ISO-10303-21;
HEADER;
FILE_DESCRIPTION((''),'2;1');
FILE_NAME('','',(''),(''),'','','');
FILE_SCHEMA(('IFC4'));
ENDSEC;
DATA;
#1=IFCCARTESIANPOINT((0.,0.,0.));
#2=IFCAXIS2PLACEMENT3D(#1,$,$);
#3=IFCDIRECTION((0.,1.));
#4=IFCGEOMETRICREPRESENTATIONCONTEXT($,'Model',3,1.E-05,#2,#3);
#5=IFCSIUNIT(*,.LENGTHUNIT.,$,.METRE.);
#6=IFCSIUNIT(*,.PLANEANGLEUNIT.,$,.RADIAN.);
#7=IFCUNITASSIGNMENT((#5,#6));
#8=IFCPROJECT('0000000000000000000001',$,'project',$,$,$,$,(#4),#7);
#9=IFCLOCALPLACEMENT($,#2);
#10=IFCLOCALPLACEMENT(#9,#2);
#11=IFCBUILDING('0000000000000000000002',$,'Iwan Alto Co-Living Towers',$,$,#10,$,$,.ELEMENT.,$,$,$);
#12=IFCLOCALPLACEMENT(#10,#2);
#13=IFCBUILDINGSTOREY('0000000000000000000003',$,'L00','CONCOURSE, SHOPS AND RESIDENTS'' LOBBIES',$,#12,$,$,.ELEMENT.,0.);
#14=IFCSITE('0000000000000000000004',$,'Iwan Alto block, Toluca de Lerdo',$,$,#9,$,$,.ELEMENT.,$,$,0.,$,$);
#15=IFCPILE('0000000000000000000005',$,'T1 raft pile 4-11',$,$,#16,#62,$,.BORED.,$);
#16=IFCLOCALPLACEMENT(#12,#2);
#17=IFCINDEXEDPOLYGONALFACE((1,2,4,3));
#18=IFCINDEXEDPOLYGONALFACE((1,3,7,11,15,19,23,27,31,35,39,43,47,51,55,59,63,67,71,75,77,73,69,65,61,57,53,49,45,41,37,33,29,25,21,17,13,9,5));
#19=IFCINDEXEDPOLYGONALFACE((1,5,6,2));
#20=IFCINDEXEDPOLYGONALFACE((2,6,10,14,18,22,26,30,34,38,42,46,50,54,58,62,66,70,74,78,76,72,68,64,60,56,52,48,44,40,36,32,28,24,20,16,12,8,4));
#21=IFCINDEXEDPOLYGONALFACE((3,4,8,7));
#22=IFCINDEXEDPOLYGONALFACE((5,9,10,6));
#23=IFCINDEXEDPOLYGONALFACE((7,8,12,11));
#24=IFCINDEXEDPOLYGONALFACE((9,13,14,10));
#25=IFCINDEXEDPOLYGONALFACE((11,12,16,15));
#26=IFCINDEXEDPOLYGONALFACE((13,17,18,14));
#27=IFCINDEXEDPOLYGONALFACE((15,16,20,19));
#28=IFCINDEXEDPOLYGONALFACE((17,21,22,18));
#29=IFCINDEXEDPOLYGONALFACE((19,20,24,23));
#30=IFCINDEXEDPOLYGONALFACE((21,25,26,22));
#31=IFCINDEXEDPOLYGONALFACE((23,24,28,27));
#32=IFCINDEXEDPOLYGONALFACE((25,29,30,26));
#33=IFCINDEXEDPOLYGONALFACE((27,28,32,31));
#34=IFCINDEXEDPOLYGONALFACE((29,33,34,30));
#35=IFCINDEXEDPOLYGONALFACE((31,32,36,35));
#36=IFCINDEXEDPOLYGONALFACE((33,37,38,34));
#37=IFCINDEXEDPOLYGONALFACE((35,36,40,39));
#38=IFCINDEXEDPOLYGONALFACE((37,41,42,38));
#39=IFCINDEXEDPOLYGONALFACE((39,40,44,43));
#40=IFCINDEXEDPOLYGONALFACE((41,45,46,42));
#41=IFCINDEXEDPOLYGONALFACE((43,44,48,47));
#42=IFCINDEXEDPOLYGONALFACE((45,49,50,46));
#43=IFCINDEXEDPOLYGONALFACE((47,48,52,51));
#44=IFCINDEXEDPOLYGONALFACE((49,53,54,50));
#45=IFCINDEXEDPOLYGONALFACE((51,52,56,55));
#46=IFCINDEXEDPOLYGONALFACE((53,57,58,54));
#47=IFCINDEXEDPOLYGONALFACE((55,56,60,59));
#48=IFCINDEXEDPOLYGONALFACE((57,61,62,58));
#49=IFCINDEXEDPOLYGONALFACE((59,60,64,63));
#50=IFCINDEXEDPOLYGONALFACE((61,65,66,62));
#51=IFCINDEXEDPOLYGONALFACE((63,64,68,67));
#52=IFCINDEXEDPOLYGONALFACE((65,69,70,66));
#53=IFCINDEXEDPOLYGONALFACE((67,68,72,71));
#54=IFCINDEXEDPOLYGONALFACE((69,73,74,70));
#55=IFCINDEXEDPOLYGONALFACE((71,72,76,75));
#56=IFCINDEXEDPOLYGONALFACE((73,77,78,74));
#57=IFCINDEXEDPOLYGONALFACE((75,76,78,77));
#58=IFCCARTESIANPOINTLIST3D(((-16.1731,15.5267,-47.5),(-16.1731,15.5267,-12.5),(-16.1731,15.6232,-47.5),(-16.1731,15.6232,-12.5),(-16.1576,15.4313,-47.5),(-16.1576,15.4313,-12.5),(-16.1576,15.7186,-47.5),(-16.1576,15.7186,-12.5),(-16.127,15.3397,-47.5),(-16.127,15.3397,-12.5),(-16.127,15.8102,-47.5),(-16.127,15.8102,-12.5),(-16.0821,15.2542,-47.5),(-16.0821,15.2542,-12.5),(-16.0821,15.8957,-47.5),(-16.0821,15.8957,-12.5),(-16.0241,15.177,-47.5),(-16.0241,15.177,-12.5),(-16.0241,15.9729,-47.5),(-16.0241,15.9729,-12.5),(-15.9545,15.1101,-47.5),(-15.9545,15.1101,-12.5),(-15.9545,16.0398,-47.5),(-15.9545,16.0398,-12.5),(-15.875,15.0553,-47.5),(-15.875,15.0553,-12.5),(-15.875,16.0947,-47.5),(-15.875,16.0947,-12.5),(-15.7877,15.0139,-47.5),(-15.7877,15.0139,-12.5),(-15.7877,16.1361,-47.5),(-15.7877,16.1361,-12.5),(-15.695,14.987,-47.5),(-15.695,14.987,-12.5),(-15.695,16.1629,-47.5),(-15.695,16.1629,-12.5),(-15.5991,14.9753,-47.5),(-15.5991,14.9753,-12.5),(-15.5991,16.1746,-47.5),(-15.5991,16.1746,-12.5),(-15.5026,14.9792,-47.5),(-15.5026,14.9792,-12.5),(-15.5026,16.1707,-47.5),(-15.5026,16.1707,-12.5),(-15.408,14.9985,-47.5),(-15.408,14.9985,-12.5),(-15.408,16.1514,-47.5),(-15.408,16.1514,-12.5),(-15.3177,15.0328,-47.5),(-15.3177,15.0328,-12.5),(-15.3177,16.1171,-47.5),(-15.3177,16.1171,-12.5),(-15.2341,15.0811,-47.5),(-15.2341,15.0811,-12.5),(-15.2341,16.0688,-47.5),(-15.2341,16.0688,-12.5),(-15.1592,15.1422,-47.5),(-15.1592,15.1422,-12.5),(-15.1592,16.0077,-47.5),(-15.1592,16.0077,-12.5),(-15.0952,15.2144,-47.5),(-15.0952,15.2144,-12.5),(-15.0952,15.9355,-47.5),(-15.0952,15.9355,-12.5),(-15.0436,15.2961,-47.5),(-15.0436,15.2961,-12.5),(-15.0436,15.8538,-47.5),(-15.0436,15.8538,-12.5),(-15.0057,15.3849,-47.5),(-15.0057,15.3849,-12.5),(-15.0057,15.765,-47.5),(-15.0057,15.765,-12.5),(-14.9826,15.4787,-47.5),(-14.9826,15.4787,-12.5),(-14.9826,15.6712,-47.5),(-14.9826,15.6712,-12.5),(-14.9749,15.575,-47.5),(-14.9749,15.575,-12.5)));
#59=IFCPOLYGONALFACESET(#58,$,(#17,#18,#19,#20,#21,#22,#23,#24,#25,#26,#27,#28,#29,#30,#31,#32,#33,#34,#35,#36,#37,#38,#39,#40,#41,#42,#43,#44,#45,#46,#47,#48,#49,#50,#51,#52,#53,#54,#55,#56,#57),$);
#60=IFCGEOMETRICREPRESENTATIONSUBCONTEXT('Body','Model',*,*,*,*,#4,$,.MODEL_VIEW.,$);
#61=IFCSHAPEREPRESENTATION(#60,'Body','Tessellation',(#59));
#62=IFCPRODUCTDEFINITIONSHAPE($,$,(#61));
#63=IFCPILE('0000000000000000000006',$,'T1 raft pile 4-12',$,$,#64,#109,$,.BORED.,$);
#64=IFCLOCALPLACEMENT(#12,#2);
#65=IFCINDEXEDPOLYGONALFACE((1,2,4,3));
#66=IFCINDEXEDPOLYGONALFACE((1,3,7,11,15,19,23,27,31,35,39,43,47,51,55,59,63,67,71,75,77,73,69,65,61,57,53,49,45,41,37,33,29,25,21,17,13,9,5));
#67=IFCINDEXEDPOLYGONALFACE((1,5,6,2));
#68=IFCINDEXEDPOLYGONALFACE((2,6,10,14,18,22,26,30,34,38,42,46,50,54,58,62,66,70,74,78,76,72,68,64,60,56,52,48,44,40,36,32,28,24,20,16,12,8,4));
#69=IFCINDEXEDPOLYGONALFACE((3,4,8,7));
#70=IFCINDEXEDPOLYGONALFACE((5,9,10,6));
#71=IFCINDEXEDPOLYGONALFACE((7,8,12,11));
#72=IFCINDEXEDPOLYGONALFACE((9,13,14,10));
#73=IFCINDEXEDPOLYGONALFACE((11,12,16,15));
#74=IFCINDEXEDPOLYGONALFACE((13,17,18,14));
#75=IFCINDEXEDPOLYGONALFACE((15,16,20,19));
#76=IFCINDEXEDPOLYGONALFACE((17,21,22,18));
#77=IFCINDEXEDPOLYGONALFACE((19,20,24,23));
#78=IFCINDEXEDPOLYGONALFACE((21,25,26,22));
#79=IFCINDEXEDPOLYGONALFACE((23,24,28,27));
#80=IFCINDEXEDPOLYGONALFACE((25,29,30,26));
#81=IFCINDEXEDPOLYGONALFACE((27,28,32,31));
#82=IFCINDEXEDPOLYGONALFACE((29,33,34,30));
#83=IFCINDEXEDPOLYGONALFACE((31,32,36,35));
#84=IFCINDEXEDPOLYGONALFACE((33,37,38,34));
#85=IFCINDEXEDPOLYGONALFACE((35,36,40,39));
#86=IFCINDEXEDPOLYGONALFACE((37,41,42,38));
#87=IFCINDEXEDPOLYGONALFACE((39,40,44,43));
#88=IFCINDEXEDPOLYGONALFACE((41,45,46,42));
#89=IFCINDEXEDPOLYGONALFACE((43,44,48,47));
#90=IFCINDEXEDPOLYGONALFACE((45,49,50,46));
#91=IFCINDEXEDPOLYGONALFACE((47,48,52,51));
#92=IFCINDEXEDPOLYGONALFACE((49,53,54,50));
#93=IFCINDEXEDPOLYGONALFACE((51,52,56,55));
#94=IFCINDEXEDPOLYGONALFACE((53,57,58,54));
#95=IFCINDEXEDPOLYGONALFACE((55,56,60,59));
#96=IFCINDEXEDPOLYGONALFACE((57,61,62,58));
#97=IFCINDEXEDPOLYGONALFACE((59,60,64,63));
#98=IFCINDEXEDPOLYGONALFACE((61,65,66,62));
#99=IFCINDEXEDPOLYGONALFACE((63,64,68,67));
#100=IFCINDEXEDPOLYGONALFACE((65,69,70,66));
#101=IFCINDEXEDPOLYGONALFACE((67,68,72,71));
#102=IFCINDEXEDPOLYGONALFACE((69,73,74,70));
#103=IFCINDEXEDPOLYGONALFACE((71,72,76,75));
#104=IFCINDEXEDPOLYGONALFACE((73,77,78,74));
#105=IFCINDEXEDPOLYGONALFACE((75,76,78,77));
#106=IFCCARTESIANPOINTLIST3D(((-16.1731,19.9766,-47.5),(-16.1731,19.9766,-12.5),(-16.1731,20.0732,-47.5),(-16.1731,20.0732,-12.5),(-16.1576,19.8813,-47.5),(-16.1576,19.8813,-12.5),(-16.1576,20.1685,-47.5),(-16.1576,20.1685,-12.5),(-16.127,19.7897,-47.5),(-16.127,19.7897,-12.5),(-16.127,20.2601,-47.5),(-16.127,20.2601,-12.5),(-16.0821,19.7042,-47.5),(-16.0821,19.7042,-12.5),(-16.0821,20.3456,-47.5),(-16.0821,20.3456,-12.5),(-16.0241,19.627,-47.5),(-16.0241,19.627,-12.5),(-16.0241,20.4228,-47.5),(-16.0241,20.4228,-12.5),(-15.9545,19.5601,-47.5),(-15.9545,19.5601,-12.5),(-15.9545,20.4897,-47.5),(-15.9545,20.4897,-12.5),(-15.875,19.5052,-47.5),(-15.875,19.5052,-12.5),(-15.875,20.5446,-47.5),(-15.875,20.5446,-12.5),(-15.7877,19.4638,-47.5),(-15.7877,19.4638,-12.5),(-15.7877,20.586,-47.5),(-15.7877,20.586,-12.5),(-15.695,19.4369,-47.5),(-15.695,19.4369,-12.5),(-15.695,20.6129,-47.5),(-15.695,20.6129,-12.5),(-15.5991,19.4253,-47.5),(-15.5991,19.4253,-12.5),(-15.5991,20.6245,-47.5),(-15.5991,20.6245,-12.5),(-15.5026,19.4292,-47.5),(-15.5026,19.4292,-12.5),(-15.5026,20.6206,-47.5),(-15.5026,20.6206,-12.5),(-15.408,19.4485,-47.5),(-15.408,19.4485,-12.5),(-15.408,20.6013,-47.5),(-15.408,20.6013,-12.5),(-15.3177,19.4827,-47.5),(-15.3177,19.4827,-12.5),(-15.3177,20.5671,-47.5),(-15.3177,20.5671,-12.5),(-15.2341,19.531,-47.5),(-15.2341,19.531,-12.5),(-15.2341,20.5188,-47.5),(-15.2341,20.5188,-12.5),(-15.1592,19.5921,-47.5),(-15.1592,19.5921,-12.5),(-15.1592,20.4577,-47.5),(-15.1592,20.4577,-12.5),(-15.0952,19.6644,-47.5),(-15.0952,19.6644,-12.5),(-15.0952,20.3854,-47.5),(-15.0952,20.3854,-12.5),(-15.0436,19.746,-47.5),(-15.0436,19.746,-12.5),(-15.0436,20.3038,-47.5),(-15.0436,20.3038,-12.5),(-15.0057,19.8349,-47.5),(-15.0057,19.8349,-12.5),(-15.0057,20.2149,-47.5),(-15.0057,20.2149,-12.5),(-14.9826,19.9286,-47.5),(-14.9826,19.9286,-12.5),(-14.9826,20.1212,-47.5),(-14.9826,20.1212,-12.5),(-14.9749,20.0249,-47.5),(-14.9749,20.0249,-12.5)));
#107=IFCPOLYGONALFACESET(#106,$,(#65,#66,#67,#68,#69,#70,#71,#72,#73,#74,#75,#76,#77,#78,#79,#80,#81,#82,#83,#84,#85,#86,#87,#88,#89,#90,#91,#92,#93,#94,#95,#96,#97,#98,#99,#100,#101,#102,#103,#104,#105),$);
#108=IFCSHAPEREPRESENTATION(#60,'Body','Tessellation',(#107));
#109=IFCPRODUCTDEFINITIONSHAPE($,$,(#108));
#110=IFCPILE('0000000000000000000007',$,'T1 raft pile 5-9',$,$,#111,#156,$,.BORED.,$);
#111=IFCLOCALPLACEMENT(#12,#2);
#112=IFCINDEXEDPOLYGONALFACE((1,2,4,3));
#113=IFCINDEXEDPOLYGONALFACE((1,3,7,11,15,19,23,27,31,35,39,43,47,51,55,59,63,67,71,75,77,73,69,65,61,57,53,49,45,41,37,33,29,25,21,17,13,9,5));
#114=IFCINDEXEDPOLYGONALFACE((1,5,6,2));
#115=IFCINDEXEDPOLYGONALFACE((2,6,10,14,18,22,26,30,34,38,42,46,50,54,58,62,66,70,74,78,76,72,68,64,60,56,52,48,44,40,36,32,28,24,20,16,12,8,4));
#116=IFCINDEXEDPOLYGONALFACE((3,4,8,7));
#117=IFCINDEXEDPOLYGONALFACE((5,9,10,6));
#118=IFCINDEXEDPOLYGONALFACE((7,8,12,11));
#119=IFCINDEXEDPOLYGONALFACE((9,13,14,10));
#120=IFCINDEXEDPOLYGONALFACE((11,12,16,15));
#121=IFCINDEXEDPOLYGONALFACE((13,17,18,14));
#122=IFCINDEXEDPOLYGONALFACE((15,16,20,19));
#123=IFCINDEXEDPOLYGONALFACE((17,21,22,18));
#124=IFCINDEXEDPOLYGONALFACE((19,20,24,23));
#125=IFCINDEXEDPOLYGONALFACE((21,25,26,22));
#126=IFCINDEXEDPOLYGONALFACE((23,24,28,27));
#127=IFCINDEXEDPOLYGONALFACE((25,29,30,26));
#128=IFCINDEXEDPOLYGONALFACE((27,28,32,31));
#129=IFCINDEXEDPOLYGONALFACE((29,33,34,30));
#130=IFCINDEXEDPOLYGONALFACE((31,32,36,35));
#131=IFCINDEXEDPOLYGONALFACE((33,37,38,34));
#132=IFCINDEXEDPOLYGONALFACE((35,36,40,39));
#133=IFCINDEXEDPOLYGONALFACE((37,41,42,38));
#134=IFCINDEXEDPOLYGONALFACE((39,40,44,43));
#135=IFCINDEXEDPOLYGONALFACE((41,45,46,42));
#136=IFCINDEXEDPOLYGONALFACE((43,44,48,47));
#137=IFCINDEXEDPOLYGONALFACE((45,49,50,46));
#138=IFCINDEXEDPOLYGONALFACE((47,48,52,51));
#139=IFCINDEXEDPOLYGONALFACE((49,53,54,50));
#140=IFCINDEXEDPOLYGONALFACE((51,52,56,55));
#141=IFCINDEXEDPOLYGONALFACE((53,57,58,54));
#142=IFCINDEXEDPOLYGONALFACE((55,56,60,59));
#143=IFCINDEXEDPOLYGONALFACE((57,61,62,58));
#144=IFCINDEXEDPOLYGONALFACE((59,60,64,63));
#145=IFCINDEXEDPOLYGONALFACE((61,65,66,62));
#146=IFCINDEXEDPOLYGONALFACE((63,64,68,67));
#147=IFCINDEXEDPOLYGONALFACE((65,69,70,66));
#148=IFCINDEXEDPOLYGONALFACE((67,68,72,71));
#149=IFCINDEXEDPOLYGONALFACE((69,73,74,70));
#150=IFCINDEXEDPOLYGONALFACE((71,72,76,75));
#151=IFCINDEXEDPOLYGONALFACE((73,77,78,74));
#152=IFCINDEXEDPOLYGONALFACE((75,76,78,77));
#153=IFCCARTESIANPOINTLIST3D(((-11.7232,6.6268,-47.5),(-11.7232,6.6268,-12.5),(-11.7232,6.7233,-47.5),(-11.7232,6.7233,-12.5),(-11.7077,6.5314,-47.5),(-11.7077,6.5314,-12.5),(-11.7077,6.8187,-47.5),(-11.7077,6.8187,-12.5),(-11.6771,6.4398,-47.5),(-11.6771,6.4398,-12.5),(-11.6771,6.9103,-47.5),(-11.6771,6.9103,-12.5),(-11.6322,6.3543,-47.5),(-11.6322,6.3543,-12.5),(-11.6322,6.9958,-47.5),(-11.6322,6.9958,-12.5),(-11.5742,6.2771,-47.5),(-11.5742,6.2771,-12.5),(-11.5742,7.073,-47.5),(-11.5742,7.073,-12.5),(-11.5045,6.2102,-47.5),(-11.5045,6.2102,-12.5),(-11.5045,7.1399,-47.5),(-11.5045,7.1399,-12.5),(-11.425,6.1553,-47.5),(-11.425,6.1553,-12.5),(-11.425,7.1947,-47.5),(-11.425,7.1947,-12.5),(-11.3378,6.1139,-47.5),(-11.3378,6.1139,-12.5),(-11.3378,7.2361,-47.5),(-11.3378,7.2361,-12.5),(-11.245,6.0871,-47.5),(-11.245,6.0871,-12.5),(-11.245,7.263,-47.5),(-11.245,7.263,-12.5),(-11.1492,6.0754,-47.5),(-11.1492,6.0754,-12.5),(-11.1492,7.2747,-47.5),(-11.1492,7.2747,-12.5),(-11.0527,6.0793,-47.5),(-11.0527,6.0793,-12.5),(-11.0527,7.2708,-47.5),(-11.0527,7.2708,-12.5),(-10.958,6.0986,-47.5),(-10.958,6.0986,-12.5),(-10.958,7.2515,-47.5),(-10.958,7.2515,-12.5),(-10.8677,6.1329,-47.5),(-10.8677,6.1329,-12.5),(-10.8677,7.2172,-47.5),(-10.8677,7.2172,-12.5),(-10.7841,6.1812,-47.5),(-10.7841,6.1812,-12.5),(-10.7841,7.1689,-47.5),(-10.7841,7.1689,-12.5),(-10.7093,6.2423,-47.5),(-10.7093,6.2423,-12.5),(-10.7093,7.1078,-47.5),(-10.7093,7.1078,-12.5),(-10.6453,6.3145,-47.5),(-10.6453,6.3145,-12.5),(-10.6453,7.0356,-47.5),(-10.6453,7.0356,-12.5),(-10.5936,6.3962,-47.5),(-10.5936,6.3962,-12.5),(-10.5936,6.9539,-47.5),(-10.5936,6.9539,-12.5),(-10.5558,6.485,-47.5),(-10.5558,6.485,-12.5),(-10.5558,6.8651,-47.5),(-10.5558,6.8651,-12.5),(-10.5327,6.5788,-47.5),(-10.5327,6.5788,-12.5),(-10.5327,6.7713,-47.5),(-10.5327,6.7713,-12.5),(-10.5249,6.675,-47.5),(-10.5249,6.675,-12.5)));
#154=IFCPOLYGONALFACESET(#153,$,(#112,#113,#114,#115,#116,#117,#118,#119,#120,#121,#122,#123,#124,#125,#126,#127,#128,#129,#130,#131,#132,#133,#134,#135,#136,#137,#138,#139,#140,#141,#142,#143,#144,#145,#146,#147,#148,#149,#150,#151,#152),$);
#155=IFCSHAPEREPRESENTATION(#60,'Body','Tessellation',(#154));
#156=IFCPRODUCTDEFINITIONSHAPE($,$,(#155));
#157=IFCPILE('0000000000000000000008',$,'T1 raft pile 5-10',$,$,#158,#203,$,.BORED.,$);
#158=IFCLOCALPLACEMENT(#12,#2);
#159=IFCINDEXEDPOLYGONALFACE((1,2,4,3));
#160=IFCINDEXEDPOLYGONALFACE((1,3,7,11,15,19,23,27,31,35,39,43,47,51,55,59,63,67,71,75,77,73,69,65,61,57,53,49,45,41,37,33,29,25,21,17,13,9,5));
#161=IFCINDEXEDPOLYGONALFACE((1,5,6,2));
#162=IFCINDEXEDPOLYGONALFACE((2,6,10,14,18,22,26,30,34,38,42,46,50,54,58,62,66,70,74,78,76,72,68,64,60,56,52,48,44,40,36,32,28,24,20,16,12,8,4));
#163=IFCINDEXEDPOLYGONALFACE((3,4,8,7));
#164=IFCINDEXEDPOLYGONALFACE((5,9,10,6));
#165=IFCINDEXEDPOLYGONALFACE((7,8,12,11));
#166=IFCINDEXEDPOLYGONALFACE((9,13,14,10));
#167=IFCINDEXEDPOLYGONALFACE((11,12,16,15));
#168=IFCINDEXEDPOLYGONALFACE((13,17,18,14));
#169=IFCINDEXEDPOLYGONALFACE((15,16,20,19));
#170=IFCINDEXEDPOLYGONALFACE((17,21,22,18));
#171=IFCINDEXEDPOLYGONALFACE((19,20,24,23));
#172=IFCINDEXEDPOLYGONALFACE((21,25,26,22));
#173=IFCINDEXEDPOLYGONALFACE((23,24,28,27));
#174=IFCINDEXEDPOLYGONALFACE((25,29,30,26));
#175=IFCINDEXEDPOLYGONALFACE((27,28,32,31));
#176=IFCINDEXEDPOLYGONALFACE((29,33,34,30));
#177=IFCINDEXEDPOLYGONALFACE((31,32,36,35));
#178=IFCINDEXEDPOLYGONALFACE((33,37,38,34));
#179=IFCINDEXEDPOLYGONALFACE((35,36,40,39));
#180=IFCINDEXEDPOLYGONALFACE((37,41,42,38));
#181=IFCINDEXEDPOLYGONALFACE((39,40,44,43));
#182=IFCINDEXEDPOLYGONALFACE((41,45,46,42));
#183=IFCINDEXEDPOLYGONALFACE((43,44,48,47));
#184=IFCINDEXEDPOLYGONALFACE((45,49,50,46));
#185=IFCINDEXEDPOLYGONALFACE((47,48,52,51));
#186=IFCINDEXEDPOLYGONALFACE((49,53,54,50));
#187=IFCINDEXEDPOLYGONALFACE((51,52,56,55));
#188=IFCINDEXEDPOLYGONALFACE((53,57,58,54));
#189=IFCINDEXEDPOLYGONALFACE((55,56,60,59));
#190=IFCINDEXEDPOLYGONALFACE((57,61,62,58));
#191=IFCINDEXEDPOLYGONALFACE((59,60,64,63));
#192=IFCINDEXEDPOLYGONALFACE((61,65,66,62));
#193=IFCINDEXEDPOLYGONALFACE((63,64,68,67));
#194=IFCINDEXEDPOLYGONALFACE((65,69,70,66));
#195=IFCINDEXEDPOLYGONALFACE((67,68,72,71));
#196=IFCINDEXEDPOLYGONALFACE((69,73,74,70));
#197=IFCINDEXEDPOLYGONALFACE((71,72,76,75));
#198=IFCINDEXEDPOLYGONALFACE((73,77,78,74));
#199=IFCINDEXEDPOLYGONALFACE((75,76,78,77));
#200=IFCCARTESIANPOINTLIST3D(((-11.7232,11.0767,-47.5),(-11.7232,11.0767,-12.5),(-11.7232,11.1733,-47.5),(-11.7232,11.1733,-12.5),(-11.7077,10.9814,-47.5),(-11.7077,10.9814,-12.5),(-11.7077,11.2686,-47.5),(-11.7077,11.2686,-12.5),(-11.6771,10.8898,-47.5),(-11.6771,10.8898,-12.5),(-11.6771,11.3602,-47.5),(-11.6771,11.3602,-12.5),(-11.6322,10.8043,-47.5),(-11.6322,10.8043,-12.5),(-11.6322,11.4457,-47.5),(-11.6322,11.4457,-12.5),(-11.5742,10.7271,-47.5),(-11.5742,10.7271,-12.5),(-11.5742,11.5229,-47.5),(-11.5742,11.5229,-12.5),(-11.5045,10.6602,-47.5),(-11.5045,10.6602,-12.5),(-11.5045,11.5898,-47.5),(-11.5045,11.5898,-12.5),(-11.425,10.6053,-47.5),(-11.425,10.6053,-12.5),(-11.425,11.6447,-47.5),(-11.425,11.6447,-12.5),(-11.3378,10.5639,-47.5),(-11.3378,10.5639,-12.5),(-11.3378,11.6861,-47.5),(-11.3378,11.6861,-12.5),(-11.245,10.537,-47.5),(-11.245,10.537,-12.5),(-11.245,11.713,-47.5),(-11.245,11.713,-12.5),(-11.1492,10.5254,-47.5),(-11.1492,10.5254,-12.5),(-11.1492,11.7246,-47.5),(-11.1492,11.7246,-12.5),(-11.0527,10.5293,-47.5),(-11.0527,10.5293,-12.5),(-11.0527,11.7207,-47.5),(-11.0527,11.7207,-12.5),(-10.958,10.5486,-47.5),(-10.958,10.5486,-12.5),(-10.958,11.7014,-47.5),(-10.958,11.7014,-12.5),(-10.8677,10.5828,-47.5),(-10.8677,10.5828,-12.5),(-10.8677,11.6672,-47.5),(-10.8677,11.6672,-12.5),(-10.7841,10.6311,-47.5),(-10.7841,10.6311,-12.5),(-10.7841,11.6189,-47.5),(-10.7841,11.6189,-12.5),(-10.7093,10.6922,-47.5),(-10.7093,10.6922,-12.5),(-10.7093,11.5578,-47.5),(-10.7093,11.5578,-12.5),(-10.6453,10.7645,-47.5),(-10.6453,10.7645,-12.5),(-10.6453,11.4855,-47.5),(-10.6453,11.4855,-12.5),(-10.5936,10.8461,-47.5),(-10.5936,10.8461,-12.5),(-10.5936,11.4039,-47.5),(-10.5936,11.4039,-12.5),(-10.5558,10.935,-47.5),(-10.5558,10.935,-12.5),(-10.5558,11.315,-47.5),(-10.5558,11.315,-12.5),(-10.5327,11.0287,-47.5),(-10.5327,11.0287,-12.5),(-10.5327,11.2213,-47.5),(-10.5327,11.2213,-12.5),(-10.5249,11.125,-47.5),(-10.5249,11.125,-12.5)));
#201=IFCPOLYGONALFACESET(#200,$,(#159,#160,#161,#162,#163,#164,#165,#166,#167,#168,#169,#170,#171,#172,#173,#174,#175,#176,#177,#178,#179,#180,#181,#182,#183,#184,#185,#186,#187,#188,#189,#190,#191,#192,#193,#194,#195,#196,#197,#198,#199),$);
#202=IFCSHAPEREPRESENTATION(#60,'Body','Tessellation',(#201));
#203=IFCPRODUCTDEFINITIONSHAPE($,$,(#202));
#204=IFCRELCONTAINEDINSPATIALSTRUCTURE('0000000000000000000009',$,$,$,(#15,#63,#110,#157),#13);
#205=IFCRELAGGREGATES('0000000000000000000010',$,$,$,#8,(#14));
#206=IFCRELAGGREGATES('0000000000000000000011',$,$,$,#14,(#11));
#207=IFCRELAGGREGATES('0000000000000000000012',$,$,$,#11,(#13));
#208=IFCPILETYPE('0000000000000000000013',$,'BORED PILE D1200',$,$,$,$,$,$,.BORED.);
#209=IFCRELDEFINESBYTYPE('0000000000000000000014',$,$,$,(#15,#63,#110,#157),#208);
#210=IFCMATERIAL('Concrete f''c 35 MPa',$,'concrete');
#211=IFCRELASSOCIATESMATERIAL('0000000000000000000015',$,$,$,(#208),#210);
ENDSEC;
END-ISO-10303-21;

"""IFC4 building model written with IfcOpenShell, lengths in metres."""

from ifc_helpers import new_model, si_unit, direction, frame, origin, origin_2d, place, context, subcontext, project, spatial, circle, extrude, material, material_profile, profile_set, type_object, element, save


model = new_model("IFC4")

# Units and contexts
model_context = context("Model", 3, precision=1e-05, world=origin(), true_north=direction((0.0, 1.0)))
body_context = subcontext(model_context, "Body", "Model", "MODEL_VIEW")
ifc_project = project(units=[si_unit("LENGTHUNIT", "METRE"), si_unit("PLANEANGLEUNIT", "RADIAN")], contexts=[model_context])

# Site, building, storey
site_placement = place(None, origin())
site = spatial("IfcSite", under=ifc_project, at=site_placement, Name="Iwan Alto block, Toluca de Lerdo", CompositionType="ELEMENT", RefElevation=0.0)
building_placement = place(site_placement, origin())
building = spatial("IfcBuilding", under=site, at=building_placement, Name="Iwan Alto Co-Living Towers", CompositionType="ELEMENT")
storey_placement = place(building_placement, origin())
storey = spatial("IfcBuildingStorey", under=building, at=storey_placement, Name="L00", Description="CONCOURSE, SHOPS AND RESIDENTS' LOBBIES", CompositionType="ELEMENT", Elevation=0.0)

# Piles
ifc_material_1 = material(Name="Concrete f'c 35 MPa", Category="concrete")
ifc_material_profile_1 = material_profile(ifc_material_1, circle(Radius=0.6001, at=origin_2d()), Name="D1200")
ifc_profile_set_1 = profile_set([ifc_material_profile_1], Name="Concrete f'c 35 MPa")
pile_type = type_object("IfcPileType", Name="BORED PILE D1200", PredefinedType="BORED", material=ifc_profile_set_1)
for number, where, z_axis, x_axis, name in (
    (1, (-15.575, 15.575, -12.5), (0.0, 0.0, -1.0), (1.0, 0.0, 0.0), "T1 raft pile 4-11"),
    (2, (-15.575, 20.0249, -12.5), (0.0, 0.0, -1.0), (1.0, 0.0, 0.0), "T1 raft pile 4-12"),
    (3, (-11.125, 6.675, -12.5), (0.0, 0.0, -1.0), (1.0, 0.0, 0.0), "T1 raft pile 5-9"),
    (4, (-11.125, 11.125, -12.5), (0.0, 0.0, -1.0), (1.0, 0.0, 0.0), "T1 raft pile 5-10"),
):
    element("IfcPile", number, at=place(storey_placement, frame(where, z_axis=z_axis, x_axis=x_axis)), inside=storey, type_object=pile_type, Name=name, PredefinedType="BORED", context=body_context, shape_type="SweptSolid", body=[
        extrude(circle(Radius=0.6001, at=origin_2d()), origin(), (0.0, 0.0, 1.0), 35.0),
    ])

save(model, "model.ifc")
